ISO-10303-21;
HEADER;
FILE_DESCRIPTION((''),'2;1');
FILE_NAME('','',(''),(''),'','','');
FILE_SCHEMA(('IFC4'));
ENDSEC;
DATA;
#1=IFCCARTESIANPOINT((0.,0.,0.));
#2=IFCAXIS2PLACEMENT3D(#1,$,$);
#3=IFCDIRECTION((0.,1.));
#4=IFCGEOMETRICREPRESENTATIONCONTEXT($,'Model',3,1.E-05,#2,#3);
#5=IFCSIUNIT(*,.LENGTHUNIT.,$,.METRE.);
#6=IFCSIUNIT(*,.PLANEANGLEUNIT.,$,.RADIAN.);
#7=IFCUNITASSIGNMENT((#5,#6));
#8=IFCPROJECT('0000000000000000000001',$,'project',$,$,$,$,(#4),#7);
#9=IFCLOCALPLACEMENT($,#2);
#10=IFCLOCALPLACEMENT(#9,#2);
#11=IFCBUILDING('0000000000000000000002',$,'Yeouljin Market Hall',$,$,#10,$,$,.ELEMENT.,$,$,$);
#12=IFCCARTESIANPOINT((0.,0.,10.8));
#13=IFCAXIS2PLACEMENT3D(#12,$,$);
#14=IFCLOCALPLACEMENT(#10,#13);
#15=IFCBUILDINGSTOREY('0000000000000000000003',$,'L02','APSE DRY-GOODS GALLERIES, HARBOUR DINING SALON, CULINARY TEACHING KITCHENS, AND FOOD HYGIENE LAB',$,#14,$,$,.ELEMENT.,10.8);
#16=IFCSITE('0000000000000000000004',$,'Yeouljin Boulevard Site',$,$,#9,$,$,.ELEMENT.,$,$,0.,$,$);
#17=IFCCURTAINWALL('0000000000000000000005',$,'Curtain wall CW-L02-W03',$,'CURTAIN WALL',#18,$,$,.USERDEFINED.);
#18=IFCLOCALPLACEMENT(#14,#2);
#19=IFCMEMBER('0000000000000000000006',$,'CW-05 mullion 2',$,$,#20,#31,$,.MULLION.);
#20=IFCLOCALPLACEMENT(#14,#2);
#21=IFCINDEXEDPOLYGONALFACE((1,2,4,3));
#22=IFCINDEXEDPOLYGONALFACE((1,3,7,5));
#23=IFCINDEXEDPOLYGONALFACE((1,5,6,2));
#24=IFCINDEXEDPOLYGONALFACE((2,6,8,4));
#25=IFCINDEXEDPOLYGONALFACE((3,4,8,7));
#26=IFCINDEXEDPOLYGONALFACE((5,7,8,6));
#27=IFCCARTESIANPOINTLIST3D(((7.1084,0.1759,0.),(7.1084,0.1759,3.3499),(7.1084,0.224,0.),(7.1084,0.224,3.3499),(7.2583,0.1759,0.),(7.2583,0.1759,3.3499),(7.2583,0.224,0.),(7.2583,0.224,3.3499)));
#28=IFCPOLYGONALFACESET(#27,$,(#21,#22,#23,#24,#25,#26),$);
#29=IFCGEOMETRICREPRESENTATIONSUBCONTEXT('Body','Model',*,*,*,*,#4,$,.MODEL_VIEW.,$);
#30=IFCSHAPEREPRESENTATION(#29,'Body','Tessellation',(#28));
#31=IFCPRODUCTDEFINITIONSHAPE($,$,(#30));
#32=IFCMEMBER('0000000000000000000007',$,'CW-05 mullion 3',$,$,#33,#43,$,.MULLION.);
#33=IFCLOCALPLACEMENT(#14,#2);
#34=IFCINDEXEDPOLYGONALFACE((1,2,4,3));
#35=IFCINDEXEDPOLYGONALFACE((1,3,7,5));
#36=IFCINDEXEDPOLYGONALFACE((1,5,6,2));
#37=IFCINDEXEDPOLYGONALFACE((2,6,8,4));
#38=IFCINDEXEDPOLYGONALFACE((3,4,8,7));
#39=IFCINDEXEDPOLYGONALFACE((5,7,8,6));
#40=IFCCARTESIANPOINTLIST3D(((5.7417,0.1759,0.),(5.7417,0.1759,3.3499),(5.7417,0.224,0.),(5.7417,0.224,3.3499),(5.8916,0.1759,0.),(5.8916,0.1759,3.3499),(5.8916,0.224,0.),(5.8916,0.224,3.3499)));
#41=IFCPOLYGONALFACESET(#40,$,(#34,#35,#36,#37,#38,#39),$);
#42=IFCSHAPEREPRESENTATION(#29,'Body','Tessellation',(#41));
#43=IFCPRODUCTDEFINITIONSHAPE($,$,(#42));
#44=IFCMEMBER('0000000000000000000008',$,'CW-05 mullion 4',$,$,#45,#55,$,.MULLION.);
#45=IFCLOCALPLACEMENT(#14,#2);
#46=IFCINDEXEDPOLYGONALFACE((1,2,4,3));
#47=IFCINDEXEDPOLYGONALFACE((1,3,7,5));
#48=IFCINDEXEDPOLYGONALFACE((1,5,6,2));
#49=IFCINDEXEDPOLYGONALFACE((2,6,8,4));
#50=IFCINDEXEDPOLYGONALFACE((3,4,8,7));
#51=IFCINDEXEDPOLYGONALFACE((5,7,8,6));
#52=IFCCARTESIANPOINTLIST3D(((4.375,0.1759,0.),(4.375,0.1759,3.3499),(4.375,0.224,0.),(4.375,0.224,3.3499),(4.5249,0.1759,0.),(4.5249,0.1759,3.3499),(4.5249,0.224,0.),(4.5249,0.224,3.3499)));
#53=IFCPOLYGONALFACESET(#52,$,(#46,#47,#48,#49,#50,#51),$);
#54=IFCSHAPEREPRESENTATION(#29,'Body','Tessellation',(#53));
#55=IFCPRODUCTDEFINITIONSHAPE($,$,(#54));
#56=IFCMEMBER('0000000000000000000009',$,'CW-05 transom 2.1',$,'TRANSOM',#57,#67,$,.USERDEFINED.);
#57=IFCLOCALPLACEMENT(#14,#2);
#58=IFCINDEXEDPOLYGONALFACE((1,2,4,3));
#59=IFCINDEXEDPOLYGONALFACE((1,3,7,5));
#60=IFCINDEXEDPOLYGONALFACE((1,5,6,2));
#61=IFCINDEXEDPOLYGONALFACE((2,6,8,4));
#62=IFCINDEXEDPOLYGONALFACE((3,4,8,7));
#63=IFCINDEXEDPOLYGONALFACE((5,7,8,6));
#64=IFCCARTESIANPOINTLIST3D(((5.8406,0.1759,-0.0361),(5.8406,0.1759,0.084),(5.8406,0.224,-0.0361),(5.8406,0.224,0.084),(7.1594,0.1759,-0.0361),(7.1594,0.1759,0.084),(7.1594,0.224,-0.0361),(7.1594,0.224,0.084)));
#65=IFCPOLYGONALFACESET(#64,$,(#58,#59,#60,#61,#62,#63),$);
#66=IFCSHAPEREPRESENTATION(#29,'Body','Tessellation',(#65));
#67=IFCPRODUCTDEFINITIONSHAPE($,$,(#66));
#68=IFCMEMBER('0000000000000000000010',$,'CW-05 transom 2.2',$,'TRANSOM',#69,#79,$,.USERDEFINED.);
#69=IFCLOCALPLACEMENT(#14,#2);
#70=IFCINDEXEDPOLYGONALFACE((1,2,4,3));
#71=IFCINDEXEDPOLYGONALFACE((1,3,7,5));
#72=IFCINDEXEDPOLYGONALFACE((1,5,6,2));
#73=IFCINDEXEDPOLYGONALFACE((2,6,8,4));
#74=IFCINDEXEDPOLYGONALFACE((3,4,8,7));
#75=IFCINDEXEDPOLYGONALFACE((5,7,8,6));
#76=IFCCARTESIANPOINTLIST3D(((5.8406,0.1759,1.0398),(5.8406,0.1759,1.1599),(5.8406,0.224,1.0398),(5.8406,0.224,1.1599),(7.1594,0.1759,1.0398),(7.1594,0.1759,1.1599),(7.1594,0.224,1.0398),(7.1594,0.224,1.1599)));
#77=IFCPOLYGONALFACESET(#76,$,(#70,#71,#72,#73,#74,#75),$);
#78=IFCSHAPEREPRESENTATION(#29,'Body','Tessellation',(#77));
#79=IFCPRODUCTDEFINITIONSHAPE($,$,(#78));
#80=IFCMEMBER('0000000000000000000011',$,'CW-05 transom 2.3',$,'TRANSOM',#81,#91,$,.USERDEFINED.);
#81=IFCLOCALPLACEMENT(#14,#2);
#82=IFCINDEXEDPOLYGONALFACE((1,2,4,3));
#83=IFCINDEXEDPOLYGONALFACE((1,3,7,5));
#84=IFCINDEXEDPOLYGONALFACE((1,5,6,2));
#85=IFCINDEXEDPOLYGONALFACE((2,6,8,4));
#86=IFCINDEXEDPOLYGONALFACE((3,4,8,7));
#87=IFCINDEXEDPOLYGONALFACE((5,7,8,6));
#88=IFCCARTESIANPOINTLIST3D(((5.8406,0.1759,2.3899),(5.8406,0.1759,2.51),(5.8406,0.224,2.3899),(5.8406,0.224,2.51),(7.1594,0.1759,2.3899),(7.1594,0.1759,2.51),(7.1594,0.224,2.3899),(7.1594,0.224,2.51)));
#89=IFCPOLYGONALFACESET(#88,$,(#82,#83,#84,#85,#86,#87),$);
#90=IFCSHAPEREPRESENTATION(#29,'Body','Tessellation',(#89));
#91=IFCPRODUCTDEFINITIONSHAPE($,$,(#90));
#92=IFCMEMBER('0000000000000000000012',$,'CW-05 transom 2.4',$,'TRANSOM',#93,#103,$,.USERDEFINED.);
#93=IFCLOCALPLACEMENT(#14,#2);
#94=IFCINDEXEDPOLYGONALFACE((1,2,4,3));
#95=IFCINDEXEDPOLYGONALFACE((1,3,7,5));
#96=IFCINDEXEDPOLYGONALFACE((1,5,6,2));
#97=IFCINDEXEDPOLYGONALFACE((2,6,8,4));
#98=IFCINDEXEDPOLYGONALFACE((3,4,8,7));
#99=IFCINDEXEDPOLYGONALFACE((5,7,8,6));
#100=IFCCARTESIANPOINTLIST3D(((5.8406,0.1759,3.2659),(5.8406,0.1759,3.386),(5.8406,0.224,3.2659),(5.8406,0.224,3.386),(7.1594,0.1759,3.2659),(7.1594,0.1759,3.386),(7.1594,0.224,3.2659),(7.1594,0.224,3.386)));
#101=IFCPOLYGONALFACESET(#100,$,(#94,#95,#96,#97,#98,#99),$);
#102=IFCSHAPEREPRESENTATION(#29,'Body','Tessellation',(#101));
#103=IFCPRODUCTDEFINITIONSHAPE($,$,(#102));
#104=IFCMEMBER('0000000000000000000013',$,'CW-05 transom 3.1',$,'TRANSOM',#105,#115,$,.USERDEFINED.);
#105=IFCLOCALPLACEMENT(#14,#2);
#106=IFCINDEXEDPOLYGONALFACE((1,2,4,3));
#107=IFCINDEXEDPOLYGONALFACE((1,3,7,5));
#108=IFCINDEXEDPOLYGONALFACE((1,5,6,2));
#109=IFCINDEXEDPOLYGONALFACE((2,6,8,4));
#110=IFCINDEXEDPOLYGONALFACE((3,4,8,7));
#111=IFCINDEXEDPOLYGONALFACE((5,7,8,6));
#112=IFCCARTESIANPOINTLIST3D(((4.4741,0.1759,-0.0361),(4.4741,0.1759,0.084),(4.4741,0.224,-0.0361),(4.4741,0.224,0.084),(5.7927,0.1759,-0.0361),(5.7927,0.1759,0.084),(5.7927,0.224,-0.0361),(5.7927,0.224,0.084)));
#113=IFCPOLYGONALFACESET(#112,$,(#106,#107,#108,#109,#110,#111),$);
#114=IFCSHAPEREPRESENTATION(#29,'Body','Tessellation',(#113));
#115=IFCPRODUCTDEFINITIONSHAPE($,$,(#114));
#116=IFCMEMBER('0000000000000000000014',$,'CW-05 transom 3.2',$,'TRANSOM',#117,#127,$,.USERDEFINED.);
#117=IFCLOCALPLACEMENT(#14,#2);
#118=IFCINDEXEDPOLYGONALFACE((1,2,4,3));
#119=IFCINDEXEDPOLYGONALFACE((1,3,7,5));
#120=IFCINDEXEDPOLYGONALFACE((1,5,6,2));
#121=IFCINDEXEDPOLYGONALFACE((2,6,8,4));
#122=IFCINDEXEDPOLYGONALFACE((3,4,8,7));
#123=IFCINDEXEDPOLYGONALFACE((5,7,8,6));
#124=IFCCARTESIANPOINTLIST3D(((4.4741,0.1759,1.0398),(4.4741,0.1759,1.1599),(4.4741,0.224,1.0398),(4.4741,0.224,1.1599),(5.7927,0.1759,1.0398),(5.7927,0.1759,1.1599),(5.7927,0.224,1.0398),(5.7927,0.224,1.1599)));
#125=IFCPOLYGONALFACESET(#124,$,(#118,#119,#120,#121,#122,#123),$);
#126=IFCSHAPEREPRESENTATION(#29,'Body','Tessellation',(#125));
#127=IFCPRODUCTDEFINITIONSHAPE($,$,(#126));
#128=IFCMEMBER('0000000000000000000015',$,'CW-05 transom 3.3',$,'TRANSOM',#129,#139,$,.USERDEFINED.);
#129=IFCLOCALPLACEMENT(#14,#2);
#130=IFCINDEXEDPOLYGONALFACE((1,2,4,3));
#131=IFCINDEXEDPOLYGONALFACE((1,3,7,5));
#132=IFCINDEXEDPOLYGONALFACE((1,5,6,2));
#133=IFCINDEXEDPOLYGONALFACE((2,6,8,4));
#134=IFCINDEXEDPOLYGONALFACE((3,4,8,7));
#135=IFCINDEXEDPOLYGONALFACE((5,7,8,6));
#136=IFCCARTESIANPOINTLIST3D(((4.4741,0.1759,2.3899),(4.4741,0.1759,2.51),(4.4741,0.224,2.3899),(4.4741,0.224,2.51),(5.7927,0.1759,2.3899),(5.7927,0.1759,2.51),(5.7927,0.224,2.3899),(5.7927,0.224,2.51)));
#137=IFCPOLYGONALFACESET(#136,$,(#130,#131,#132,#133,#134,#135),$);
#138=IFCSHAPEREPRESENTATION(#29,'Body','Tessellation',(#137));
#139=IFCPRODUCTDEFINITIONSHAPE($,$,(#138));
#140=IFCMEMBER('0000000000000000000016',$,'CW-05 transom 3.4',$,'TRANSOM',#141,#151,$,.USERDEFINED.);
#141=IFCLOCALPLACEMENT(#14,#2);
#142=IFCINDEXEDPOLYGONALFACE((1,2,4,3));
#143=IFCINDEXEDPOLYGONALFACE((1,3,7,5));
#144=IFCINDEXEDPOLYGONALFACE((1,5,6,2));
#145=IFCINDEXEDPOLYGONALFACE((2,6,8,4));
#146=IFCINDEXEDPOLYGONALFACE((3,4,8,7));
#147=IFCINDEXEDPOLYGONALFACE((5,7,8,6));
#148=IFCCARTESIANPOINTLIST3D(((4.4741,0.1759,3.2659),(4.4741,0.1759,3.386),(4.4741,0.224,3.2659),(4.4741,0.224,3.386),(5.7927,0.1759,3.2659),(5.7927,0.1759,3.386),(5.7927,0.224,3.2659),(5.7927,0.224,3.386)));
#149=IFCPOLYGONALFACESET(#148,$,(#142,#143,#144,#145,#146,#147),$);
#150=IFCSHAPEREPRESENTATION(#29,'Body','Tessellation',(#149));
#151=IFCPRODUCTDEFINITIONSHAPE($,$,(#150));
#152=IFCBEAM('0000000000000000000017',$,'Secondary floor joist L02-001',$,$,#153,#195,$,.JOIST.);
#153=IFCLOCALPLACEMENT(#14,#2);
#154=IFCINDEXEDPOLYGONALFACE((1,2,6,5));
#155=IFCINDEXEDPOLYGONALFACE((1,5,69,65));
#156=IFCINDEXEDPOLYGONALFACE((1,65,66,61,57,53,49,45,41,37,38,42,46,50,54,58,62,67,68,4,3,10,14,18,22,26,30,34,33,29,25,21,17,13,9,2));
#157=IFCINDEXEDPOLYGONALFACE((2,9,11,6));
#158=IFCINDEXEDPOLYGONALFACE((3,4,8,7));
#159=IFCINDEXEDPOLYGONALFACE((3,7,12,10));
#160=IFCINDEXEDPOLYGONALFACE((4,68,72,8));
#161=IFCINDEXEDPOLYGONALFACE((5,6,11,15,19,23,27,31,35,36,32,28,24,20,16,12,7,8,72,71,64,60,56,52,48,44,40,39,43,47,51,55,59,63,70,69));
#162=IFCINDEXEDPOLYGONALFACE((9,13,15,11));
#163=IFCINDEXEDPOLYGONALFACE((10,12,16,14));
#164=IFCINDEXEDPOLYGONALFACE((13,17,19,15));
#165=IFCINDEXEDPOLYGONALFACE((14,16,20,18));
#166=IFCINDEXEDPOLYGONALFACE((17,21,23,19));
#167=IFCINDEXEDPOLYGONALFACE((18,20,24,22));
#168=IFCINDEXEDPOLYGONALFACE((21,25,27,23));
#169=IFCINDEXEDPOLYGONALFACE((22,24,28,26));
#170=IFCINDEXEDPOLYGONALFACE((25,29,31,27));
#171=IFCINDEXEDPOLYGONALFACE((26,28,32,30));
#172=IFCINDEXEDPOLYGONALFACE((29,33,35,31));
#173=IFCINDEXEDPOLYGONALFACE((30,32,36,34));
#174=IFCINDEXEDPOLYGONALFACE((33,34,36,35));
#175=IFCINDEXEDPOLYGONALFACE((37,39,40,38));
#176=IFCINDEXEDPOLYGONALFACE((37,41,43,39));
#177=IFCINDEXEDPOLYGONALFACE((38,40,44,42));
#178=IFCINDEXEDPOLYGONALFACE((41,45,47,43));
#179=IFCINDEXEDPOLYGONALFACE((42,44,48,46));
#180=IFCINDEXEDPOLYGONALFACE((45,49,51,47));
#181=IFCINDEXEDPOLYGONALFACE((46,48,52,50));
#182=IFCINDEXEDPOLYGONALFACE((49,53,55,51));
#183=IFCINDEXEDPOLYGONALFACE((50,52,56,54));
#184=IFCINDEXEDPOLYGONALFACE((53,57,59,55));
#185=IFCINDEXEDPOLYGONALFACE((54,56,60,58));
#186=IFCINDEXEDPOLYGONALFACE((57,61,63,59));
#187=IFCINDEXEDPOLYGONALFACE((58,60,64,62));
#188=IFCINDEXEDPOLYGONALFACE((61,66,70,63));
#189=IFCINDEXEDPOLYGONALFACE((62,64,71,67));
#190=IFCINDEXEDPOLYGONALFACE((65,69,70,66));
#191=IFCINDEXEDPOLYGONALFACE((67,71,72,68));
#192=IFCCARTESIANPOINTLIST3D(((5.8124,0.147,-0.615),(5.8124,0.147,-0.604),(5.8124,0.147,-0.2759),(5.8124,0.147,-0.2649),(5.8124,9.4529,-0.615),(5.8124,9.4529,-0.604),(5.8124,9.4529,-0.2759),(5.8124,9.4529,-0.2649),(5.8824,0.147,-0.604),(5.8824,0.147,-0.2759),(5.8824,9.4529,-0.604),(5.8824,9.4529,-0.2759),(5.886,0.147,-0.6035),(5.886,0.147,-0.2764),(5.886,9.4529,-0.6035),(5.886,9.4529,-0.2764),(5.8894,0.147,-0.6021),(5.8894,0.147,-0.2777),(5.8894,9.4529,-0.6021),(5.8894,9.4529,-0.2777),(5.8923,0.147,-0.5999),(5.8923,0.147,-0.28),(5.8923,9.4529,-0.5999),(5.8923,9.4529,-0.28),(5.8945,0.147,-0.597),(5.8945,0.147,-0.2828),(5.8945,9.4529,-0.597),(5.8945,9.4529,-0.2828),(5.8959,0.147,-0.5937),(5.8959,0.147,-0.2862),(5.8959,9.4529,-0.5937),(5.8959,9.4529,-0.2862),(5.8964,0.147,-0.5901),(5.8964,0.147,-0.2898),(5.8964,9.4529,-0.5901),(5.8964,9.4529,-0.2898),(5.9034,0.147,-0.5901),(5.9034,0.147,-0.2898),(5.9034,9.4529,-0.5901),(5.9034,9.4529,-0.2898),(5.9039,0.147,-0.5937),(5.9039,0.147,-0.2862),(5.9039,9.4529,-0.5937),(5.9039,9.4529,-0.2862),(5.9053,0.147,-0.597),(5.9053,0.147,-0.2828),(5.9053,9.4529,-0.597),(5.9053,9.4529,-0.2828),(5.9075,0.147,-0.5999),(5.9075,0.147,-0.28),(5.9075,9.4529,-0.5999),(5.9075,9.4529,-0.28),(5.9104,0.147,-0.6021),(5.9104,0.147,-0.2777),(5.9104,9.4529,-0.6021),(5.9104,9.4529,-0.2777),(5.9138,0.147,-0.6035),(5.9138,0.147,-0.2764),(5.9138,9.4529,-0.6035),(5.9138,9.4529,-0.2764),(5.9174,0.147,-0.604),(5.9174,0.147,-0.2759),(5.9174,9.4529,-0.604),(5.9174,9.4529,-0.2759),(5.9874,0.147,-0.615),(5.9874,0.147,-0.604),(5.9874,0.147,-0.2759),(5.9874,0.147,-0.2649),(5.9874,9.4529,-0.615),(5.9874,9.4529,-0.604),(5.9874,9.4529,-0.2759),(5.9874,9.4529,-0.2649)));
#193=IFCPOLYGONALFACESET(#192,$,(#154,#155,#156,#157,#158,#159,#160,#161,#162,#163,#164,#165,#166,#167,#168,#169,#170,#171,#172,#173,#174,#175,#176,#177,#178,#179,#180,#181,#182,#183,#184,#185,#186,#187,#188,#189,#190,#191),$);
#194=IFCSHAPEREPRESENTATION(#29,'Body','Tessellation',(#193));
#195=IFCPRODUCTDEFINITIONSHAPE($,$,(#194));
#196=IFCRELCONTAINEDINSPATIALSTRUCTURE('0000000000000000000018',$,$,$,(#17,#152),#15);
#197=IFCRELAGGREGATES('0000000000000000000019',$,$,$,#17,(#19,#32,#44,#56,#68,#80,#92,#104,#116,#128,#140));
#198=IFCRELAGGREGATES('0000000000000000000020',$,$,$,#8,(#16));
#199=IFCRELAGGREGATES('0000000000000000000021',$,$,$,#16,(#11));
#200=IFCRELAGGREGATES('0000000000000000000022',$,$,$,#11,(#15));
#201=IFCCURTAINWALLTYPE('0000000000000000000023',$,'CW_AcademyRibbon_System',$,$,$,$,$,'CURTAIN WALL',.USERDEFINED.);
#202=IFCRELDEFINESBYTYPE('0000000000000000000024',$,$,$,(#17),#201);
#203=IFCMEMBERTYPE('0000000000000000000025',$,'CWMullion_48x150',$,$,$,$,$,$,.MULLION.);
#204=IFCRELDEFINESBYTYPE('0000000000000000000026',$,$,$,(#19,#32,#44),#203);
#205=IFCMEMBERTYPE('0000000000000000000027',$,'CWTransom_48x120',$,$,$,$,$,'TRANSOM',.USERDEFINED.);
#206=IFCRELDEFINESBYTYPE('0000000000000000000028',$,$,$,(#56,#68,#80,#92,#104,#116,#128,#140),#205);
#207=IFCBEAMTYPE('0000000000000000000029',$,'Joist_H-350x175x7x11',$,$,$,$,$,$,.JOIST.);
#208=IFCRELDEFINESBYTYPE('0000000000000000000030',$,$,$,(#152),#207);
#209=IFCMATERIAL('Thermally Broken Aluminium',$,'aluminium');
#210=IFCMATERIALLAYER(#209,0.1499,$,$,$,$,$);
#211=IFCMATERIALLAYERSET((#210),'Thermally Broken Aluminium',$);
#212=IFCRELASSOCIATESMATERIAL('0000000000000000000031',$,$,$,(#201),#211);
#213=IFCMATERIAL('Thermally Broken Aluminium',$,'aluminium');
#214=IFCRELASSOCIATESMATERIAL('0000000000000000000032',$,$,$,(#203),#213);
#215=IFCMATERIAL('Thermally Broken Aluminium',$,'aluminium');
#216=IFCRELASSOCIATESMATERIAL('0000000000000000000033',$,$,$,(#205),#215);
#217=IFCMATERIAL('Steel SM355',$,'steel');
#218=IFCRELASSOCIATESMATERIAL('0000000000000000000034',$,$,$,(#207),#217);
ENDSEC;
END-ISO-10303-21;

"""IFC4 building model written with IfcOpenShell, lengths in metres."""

from ifc_helpers import new_model, si_unit, direction, frame, origin, origin_2d, place, context, subcontext, project, spatial, rectangle, i_section, extrude, material, layer, layer_set, material_profile, profile_set, type_object, element, aggregate, save


model = new_model("IFC4")

# Units and contexts
model_context = context("Model", 3, precision=1e-05, world=origin(), true_north=direction((0.0, 1.0)))
body_context = subcontext(model_context, "Body", "Model", "MODEL_VIEW")
ifc_project = project(units=[si_unit("LENGTHUNIT", "METRE"), si_unit("PLANEANGLEUNIT", "RADIAN")], contexts=[model_context])

# Site, building, storey
site_placement = place(None, origin())
site = spatial("IfcSite", under=ifc_project, at=site_placement, Name="Yeouljin Boulevard Site", CompositionType="ELEMENT", RefElevation=0.0)
building_placement = place(site_placement, origin())
building = spatial("IfcBuilding", under=site, at=building_placement, Name="Yeouljin Market Hall", CompositionType="ELEMENT")
storey_placement = place(building_placement, frame((0.0, 0.0, 10.8)))
storey = spatial("IfcBuildingStorey", under=building, at=storey_placement, Name="L02", Description="APSE DRY-GOODS GALLERIES, HARBOUR DINING SALON, CULINARY TEACHING KITCHENS, AND FOOD HYGIENE LAB", CompositionType="ELEMENT", Elevation=10.8)

# Curtain wall, members
ifc_material_1 = material(Name="Thermally Broken Aluminium", Category="aluminium")
ifc_layer_1 = layer(ifc_material_1, 0.1499)
ifc_layer_set_1 = layer_set([ifc_layer_1], Name="Thermally Broken Aluminium")
curtain_wall_type = type_object("IfcCurtainWallType", Name="CW_AcademyRibbon_System", ElementType="CURTAIN WALL", PredefinedType="USERDEFINED", material=ifc_layer_set_1)
curtain_wall_placement = place(storey_placement, origin())
curtain_wall = element("IfcCurtainWall", 1, at=curtain_wall_placement, inside=storey, type_object=curtain_wall_type, Name="Curtain wall CW-L02-W03", ObjectType="CURTAIN WALL", PredefinedType="USERDEFINED")
ifc_material_2 = material(Name="Thermally Broken Aluminium", Category="aluminium")
ifc_material_profile_1 = material_profile(ifc_material_2, rectangle(XDim=0.0481, YDim=0.1499, at=origin_2d()), Name="CW-MULL-48x150")
ifc_profile_set_1 = profile_set([ifc_material_profile_1], Name="Thermally Broken Aluminium")
member_type_1 = type_object("IfcMemberType", Name="CWMullion_48x150", PredefinedType="MULLION", material=ifc_profile_set_1)
member_1_placement = place(storey_placement, frame((7.1833, 0.2, 0.0), z_axis=(0.0, 0.0, 1.0), x_axis=(0.0, -1.0, 0.0)))
member_1 = element("IfcMember", 2, at=member_1_placement, type_object=member_type_1, Name="CW-05 mullion 2", PredefinedType="MULLION", context=body_context, shape_type="SweptSolid", body=[
    extrude(rectangle(XDim=0.0481, YDim=0.1499, at=origin_2d()), origin(), (0.0, 0.0, 1.0), 3.3499),
])
member_2_placement = place(storey_placement, frame((5.8167, 0.2, 0.0), z_axis=(0.0, 0.0, 1.0), x_axis=(0.0, -1.0, 0.0)))
member_2 = element("IfcMember", 3, at=member_2_placement, type_object=member_type_1, Name="CW-05 mullion 3", PredefinedType="MULLION", context=body_context, shape_type="SweptSolid", body=[
    extrude(rectangle(XDim=0.0481, YDim=0.1499, at=origin_2d()), origin(), (0.0, 0.0, 1.0), 3.3499),
])
member_3_placement = place(storey_placement, frame((4.45, 0.2, 0.0), z_axis=(0.0, 0.0, 1.0), x_axis=(0.0, -1.0, 0.0)))
member_3 = element("IfcMember", 4, at=member_3_placement, type_object=member_type_1, Name="CW-05 mullion 4", PredefinedType="MULLION", context=body_context, shape_type="SweptSolid", body=[
    extrude(rectangle(XDim=0.0481, YDim=0.1499, at=origin_2d()), origin(), (0.0, 0.0, 1.0), 3.3499),
])
ifc_material_3 = material(Name="Thermally Broken Aluminium", Category="aluminium")
ifc_material_profile_2 = material_profile(ifc_material_3, rectangle(XDim=0.0481, YDim=0.1201, at=origin_2d()), Name="CW-TRAN-48x120")
ifc_profile_set_2 = profile_set([ifc_material_profile_2], Name="Thermally Broken Aluminium")
member_type_2 = type_object("IfcMemberType", Name="CWTransom_48x120", ElementType="TRANSOM", PredefinedType="USERDEFINED", material=ifc_profile_set_2)
member_4_placement = place(storey_placement, frame((7.1594, 0.2, 0.0239), z_axis=(-1.0, 0.0, 0.0), x_axis=(0.0, -1.0, 0.0)))
member_4 = element("IfcMember", 5, at=member_4_placement, type_object=member_type_2, Name="CW-05 transom 2.1", ObjectType="TRANSOM", PredefinedType="USERDEFINED", context=body_context, shape_type="SweptSolid", body=[
    extrude(rectangle(XDim=0.0481, YDim=0.1201, at=origin_2d()), origin(), (0.0, 0.0, 1.0), 1.3188),
])
member_5_placement = place(storey_placement, frame((7.1594, 0.2, 1.0999), z_axis=(-1.0, 0.0, 0.0), x_axis=(0.0, -1.0, 0.0)))
member_5 = element("IfcMember", 6, at=member_5_placement, type_object=member_type_2, Name="CW-05 transom 2.2", ObjectType="TRANSOM", PredefinedType="USERDEFINED", context=body_context, shape_type="SweptSolid", body=[
    extrude(rectangle(XDim=0.0481, YDim=0.1201, at=origin_2d()), origin(), (0.0, 0.0, 1.0), 1.3188),
])
member_6_placement = place(storey_placement, frame((7.1594, 0.2, 2.45), z_axis=(-1.0, 0.0, 0.0), x_axis=(0.0, -1.0, 0.0)))
member_6 = element("IfcMember", 7, at=member_6_placement, type_object=member_type_2, Name="CW-05 transom 2.3", ObjectType="TRANSOM", PredefinedType="USERDEFINED", context=body_context, shape_type="SweptSolid", body=[
    extrude(rectangle(XDim=0.0481, YDim=0.1201, at=origin_2d()), origin(), (0.0, 0.0, 1.0), 1.3188),
])
member_7_placement = place(storey_placement, frame((7.1594, 0.2, 3.3259), z_axis=(-1.0, 0.0, 0.0), x_axis=(0.0, -1.0, 0.0)))
member_7 = element("IfcMember", 8, at=member_7_placement, type_object=member_type_2, Name="CW-05 transom 2.4", ObjectType="TRANSOM", PredefinedType="USERDEFINED", context=body_context, shape_type="SweptSolid", body=[
    extrude(rectangle(XDim=0.0481, YDim=0.1201, at=origin_2d()), origin(), (0.0, 0.0, 1.0), 1.3188),
])
member_8_placement = place(storey_placement, frame((5.7927, 0.2, 0.0239), z_axis=(-1.0, 0.0, 0.0), x_axis=(0.0, -1.0, 0.0)))
member_8 = element("IfcMember", 9, at=member_8_placement, type_object=member_type_2, Name="CW-05 transom 3.1", ObjectType="TRANSOM", PredefinedType="USERDEFINED", context=body_context, shape_type="SweptSolid", body=[
    extrude(rectangle(XDim=0.0481, YDim=0.1201, at=origin_2d()), origin(), (0.0, 0.0, 1.0), 1.3186),
])
member_9_placement = place(storey_placement, frame((5.7927, 0.2, 1.0999), z_axis=(-1.0, 0.0, 0.0), x_axis=(0.0, -1.0, 0.0)))
member_9 = element("IfcMember", 10, at=member_9_placement, type_object=member_type_2, Name="CW-05 transom 3.2", ObjectType="TRANSOM", PredefinedType="USERDEFINED", context=body_context, shape_type="SweptSolid", body=[
    extrude(rectangle(XDim=0.0481, YDim=0.1201, at=origin_2d()), origin(), (0.0, 0.0, 1.0), 1.3186),
])
member_10_placement = place(storey_placement, frame((5.7927, 0.2, 2.45), z_axis=(-1.0, 0.0, 0.0), x_axis=(0.0, -1.0, 0.0)))
member_10 = element("IfcMember", 11, at=member_10_placement, type_object=member_type_2, Name="CW-05 transom 3.3", ObjectType="TRANSOM", PredefinedType="USERDEFINED", context=body_context, shape_type="SweptSolid", body=[
    extrude(rectangle(XDim=0.0481, YDim=0.1201, at=origin_2d()), origin(), (0.0, 0.0, 1.0), 1.3186),
])
member_11_placement = place(storey_placement, frame((5.7927, 0.2, 3.3259), z_axis=(-1.0, 0.0, 0.0), x_axis=(0.0, -1.0, 0.0)))
member_11 = element("IfcMember", 12, at=member_11_placement, type_object=member_type_2, Name="CW-05 transom 3.4", ObjectType="TRANSOM", PredefinedType="USERDEFINED", context=body_context, shape_type="SweptSolid", body=[
    extrude(rectangle(XDim=0.0481, YDim=0.1201, at=origin_2d()), origin(), (0.0, 0.0, 1.0), 1.3186),
])

# Beam
ifc_material_4 = material(Name="Steel SM355", Category="steel")
ifc_material_profile_3 = material_profile(ifc_material_4, i_section(OverallWidth=0.175, OverallDepth=0.3501, WebThickness=0.0071, FlangeThickness=0.011, FilletRadius=0.0139, at=origin_2d()), Name="H-350x175x7x11")
ifc_profile_set_3 = profile_set([ifc_material_profile_3], Name="Steel SM355")
beam_type = type_object("IfcBeamType", Name="Joist_H-350x175x7x11", PredefinedType="JOIST", material=ifc_profile_set_3)
beam_placement = place(storey_placement, frame((5.8999, 0.147, -0.4399), z_axis=(0.0, 1.0, 0.0), x_axis=(-1.0, 0.0, 0.0)))
element("IfcBeam", 13, at=beam_placement, inside=storey, type_object=beam_type, Name="Secondary floor joist L02-001", PredefinedType="JOIST", context=body_context, shape_type="SweptSolid", body=[
    extrude(i_section(OverallWidth=0.175, OverallDepth=0.3501, WebThickness=0.0071, FlangeThickness=0.011, FilletRadius=0.0139, at=origin_2d()), origin(), (0.0, 0.0, 1.0), 9.3059),
])

aggregate(curtain_wall, [member_1, member_2, member_3, member_4, member_5, member_6, member_7, member_8, member_9, member_10, member_11])

save(model, "model.ifc")
